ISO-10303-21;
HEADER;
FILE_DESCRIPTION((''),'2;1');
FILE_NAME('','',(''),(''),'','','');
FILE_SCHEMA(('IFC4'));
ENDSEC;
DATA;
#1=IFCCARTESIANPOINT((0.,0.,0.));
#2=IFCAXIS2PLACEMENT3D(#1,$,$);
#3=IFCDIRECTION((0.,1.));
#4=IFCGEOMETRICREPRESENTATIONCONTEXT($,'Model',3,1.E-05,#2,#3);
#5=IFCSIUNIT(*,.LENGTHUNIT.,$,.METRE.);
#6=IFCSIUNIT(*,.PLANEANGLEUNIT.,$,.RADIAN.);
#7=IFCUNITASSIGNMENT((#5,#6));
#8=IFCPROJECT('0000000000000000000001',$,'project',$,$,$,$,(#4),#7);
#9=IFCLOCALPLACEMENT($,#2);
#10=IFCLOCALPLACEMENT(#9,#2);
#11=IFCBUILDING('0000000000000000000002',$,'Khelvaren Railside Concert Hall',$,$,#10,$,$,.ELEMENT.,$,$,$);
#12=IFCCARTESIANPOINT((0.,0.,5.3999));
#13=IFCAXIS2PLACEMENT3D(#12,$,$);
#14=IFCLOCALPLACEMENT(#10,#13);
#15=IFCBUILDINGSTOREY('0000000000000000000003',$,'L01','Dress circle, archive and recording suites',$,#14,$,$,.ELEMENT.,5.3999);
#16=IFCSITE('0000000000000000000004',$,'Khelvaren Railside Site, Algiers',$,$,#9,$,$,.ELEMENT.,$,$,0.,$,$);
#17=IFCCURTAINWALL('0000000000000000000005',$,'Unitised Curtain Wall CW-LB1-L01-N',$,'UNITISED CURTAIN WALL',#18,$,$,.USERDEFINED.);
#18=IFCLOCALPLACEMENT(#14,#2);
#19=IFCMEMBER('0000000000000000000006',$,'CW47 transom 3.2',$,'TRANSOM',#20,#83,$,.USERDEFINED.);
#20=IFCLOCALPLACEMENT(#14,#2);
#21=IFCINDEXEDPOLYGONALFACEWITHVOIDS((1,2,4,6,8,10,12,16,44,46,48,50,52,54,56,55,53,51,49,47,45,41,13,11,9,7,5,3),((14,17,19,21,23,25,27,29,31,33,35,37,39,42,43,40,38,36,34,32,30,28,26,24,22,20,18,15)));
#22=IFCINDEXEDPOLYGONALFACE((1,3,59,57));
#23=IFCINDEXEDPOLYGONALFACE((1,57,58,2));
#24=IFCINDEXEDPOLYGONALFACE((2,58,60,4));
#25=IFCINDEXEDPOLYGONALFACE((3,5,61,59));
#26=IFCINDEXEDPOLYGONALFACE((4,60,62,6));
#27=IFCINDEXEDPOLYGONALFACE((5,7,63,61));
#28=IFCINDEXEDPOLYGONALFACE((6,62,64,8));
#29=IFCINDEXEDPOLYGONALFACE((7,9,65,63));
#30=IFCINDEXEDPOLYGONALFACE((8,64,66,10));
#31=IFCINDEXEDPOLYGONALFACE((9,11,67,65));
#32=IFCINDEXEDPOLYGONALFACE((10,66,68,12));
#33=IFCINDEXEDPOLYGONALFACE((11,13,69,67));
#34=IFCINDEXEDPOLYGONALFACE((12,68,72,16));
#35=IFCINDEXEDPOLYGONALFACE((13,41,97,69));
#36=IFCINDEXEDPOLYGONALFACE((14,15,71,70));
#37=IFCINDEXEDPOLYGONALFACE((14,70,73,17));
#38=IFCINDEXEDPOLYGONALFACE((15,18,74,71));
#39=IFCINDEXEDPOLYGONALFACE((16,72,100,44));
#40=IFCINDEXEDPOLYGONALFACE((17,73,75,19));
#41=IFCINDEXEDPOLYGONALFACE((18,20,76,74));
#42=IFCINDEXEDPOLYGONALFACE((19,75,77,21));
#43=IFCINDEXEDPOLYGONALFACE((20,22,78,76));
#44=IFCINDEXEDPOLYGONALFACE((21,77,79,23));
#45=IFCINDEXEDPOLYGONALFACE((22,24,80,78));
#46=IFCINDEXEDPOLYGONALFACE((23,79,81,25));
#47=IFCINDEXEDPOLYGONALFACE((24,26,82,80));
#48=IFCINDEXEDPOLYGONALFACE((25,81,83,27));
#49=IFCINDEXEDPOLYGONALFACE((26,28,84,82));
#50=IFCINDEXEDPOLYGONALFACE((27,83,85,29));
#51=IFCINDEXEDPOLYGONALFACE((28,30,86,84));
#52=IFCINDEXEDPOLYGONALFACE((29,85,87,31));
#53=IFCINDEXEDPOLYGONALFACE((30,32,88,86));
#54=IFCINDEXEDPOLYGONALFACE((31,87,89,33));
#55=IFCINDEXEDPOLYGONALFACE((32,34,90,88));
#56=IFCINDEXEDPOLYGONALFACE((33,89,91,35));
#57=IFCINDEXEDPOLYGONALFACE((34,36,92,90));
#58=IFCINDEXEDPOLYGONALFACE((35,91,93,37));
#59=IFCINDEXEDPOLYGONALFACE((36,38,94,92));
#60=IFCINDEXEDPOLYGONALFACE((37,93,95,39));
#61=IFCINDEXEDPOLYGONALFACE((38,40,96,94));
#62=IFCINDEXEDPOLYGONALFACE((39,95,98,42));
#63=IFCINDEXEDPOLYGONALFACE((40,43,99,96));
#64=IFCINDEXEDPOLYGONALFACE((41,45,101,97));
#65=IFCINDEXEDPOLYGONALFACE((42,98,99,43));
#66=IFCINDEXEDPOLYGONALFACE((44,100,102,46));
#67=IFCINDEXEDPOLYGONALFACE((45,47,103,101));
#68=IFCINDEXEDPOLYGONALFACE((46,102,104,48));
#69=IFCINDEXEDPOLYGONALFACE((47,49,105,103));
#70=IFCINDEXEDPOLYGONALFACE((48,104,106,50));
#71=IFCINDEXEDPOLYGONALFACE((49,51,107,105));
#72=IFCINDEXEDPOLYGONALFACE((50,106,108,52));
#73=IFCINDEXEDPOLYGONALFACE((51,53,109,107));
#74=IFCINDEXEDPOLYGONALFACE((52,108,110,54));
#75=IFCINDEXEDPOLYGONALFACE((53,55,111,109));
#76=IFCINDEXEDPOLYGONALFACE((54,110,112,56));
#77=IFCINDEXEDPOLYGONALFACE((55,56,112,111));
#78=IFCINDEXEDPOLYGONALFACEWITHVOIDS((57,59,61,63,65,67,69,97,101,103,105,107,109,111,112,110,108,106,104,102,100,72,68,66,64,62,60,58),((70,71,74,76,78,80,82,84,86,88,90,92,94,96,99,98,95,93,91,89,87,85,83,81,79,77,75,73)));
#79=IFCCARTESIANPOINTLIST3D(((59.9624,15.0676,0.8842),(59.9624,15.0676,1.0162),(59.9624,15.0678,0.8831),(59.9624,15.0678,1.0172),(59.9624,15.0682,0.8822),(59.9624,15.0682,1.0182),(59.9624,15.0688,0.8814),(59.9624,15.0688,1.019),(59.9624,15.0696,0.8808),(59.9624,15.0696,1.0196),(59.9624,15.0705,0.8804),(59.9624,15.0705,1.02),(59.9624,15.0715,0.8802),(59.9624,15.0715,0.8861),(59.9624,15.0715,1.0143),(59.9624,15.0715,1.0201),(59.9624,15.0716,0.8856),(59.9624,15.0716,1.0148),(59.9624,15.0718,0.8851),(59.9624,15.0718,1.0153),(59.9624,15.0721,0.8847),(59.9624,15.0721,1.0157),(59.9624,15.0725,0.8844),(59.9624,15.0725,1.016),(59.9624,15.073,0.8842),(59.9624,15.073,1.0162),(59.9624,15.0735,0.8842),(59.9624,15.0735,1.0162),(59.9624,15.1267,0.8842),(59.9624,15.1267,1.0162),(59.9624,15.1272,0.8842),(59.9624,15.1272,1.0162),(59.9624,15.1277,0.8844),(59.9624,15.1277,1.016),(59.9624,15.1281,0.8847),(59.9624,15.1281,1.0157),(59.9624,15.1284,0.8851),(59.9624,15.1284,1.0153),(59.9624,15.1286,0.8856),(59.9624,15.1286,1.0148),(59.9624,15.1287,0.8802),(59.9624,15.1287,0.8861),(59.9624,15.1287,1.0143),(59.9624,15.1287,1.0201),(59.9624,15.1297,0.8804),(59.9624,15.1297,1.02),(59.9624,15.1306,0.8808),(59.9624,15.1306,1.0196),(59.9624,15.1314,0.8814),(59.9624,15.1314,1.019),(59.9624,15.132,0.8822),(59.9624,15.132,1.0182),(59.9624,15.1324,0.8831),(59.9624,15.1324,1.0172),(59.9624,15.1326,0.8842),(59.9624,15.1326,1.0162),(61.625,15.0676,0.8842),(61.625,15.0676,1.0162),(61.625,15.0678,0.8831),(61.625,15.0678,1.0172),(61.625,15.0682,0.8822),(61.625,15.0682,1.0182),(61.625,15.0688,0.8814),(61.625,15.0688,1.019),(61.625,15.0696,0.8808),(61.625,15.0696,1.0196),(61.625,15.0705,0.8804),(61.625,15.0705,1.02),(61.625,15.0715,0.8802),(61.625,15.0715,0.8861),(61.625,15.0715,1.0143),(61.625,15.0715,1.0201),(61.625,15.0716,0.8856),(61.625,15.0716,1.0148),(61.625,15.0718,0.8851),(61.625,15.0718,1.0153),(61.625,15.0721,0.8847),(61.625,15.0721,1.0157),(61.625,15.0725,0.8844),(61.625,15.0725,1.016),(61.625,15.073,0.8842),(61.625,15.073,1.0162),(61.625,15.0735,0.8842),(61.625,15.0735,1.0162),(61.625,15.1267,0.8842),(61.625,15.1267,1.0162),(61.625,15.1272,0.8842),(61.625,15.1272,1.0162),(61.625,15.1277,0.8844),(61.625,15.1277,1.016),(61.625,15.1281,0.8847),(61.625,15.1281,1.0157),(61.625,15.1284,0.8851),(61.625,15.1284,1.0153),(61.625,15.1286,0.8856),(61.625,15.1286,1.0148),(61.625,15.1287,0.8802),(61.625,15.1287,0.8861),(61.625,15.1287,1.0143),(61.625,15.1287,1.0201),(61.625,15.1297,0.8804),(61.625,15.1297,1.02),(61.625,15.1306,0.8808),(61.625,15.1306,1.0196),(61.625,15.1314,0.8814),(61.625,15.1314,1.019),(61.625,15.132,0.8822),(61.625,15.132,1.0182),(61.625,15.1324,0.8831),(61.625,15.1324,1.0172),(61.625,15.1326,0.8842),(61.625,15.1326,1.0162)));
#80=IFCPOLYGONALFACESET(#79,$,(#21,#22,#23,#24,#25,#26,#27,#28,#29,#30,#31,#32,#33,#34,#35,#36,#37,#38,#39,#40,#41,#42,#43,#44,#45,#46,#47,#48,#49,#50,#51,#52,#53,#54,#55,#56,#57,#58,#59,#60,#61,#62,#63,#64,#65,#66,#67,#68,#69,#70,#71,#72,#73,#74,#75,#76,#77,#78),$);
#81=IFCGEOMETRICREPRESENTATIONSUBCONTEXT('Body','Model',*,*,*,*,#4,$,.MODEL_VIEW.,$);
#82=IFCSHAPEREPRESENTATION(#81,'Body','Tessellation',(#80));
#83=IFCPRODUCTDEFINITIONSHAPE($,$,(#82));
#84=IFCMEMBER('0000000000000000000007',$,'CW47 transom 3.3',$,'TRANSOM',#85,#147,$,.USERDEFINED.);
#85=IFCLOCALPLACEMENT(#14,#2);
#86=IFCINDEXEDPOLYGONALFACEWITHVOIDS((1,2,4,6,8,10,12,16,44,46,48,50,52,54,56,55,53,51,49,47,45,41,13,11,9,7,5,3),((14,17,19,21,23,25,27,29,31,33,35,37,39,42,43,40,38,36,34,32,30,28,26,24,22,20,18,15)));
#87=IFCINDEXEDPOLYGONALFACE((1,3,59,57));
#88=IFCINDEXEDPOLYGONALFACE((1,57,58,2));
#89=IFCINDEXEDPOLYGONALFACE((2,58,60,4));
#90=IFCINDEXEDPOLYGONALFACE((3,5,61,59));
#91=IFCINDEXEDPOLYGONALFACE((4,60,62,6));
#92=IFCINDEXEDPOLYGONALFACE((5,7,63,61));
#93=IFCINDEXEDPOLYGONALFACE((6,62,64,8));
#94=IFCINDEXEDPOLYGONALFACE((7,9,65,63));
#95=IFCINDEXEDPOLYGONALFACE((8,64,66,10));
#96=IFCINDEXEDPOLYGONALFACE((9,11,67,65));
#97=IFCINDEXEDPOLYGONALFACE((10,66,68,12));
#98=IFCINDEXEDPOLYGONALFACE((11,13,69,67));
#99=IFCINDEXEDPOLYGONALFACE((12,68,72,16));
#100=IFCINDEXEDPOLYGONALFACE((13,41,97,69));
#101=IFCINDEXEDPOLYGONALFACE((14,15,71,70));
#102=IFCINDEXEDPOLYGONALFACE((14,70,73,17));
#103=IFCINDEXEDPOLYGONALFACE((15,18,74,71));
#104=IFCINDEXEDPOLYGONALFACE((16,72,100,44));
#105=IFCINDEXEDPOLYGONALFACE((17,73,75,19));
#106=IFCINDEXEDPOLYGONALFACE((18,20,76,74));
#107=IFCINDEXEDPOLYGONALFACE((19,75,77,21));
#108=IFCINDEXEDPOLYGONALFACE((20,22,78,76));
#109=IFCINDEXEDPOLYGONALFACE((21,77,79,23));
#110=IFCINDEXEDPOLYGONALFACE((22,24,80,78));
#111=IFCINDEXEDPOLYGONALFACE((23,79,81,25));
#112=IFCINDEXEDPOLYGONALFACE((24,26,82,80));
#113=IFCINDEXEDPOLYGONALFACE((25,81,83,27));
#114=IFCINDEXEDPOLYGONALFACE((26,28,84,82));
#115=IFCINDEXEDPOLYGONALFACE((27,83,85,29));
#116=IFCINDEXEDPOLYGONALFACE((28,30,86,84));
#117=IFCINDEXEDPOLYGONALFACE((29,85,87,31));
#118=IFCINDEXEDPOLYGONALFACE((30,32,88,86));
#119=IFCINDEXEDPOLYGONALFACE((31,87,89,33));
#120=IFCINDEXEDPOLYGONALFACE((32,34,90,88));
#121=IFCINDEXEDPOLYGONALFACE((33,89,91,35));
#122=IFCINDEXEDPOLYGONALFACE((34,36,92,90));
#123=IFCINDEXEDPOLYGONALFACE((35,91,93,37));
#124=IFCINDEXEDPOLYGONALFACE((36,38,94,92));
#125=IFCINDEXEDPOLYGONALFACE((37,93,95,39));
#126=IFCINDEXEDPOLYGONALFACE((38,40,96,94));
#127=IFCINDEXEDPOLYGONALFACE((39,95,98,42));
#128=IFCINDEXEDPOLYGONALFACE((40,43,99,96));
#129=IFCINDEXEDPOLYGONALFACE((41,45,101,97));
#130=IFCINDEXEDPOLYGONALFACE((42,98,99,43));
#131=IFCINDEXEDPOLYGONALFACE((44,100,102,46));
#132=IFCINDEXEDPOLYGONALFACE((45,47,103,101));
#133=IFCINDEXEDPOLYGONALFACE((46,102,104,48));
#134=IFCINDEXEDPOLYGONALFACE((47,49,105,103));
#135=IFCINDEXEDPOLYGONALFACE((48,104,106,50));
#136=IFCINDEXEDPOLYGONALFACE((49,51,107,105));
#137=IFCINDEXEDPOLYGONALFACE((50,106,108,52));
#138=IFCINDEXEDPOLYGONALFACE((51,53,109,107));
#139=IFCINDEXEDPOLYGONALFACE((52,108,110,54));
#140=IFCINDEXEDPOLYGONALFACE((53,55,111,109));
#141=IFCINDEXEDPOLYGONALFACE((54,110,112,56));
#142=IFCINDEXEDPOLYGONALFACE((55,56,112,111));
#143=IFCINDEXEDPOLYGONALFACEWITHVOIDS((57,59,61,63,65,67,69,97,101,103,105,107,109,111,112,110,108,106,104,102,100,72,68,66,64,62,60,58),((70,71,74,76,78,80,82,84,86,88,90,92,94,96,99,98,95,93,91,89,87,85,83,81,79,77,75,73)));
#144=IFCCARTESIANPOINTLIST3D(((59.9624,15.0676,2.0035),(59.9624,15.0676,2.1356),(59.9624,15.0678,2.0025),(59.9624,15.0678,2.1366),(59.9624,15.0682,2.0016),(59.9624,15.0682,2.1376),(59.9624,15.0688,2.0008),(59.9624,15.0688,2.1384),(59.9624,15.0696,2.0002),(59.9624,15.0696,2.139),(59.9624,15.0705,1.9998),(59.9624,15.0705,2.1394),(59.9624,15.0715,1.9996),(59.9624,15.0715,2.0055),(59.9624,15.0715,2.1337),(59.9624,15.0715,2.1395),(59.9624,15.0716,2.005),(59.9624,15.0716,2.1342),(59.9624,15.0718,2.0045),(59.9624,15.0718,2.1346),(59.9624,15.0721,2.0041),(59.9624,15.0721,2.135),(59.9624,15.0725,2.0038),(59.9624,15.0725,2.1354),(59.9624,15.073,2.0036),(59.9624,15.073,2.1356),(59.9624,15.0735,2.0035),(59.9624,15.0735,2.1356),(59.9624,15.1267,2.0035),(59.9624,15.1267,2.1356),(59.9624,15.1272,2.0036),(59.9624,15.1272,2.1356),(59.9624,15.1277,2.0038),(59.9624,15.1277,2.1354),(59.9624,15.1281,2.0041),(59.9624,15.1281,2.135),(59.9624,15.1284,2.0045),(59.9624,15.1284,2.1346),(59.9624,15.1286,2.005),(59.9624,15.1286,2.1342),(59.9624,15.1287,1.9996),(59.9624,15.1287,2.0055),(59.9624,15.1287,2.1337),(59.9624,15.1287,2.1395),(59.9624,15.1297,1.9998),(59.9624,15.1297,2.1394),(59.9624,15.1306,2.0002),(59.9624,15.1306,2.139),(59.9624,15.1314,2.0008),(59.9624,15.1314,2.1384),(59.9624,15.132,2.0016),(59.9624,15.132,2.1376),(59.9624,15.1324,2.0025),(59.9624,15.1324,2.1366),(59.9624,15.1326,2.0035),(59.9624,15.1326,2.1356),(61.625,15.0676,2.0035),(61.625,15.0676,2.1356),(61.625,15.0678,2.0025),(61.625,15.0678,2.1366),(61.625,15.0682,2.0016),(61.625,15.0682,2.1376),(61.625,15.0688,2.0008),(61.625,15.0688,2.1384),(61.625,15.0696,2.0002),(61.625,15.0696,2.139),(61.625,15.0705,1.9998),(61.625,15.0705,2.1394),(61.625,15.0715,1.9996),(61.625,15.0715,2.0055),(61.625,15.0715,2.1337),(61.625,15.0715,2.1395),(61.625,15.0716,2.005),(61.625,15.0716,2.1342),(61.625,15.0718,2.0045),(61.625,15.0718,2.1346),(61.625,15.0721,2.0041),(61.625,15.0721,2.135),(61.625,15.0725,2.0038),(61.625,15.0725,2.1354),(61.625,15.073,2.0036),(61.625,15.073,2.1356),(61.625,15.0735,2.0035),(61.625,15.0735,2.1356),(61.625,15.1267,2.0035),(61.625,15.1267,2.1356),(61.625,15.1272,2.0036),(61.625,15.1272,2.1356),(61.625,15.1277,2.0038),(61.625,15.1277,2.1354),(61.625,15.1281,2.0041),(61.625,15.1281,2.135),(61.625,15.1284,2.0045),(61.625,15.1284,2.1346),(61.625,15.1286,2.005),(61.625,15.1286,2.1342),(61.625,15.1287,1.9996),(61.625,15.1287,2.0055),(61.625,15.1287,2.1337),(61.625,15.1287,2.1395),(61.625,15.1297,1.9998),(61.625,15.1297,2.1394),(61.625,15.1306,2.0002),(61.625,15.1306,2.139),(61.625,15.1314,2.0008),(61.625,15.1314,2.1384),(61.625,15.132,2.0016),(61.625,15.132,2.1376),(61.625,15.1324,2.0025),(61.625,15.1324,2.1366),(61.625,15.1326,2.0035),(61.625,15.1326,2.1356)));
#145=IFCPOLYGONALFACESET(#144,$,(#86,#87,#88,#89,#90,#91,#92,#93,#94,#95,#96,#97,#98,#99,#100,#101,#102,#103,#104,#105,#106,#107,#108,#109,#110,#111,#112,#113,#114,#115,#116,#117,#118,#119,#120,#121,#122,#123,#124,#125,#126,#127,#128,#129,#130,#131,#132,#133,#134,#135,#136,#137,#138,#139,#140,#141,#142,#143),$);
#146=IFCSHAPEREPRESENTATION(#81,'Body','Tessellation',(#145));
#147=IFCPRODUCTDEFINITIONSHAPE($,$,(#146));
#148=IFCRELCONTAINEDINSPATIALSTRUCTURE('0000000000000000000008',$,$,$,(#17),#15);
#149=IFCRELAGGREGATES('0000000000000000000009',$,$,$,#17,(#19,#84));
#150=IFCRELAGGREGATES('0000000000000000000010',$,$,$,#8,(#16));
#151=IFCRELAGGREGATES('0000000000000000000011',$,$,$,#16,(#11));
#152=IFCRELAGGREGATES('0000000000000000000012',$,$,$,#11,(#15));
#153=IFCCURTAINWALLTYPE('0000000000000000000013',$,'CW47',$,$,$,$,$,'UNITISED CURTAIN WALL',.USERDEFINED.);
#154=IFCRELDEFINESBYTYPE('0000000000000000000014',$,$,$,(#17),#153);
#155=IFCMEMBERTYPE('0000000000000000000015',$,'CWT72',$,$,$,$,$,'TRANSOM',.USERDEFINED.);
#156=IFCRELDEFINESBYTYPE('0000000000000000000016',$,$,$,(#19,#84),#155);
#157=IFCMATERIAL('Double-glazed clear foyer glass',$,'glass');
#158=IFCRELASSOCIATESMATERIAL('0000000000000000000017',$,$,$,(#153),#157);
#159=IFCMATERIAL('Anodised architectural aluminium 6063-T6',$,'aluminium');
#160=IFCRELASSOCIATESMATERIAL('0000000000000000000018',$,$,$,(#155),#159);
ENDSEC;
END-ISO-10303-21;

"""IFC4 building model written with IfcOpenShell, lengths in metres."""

from ifc_helpers import new_model, si_unit, direction, frame, origin, origin_2d, place, context, subcontext, project, spatial, hollow_rectangle, extrude, material, material_profile, profile_set, type_object, element, aggregate, save


model = new_model("IFC4")

# Units and contexts
model_context = context("Model", 3, precision=1e-05, world=origin(), true_north=direction((0.0, 1.0)))
body_context = subcontext(model_context, "Body", "Model", "MODEL_VIEW")
ifc_project = project(units=[si_unit("LENGTHUNIT", "METRE"), si_unit("PLANEANGLEUNIT", "RADIAN")], contexts=[model_context])

# Site, building, storey
site_placement = place(None, origin())
site = spatial("IfcSite", under=ifc_project, at=site_placement, Name="Khelvaren Railside Site, Algiers", CompositionType="ELEMENT", RefElevation=0.0)
building_placement = place(site_placement, origin())
building = spatial("IfcBuilding", under=site, at=building_placement, Name="Khelvaren Railside Concert Hall", CompositionType="ELEMENT")
storey_placement = place(building_placement, frame((0.0, 0.0, 5.3999)))
storey = spatial("IfcBuildingStorey", under=building, at=storey_placement, Name="L01", Description="Dress circle, archive and recording suites", CompositionType="ELEMENT", Elevation=5.3999)

# Curtain wall, members
ifc_material_1 = material(Name="Double-glazed clear foyer glass", Category="glass")
curtain_wall_type = type_object("IfcCurtainWallType", Name="CW47", ElementType="UNITISED CURTAIN WALL", PredefinedType="USERDEFINED", material=ifc_material_1)
curtain_wall_placement = place(storey_placement, origin())
curtain_wall = element("IfcCurtainWall", 1, at=curtain_wall_placement, inside=storey, type_object=curtain_wall_type, Name="Unitised Curtain Wall CW-LB1-L01-N", ObjectType="UNITISED CURTAIN WALL", PredefinedType="USERDEFINED")
ifc_material_2 = material(Name="Anodised architectural aluminium 6063-T6", Category="aluminium")
ifc_material_profile_1 = material_profile(ifc_material_2, hollow_rectangle(XDim=0.0649, YDim=0.1399, WallThickness=0.0039, InnerFilletRadius=0.002, OuterFilletRadius=0.0039, at=origin_2d()), Name="CWT 65x140x4")
ifc_profile_set_1 = profile_set([ifc_material_profile_1], Name="Anodised architectural aluminium 6063-T6")
member_type_1 = type_object("IfcMemberType", Name="CWT72", ElementType="TRANSOM", PredefinedType="USERDEFINED", material=ifc_profile_set_1)
member_1_placement = place(storey_placement, frame((59.9624, 15.1001, 0.9502), z_axis=(1.0, 0.0, 0.0), x_axis=(0.0, 1.0, 0.0)))
member_1 = element("IfcMember", 2, at=member_1_placement, type_object=member_type_1, Name="CW47 transom 3.2", ObjectType="TRANSOM", PredefinedType="USERDEFINED", context=body_context, shape_type="SweptSolid", body=[
    extrude(hollow_rectangle(XDim=0.0649, YDim=0.1399, WallThickness=0.0039, InnerFilletRadius=0.002, OuterFilletRadius=0.0039, at=origin_2d()), origin(), (0.0, 0.0, 1.0), 1.6626),
])
member_2_placement = place(storey_placement, frame((59.9624, 15.1001, 2.0696), z_axis=(1.0, 0.0, 0.0), x_axis=(0.0, 1.0, 0.0)))
member_2 = element("IfcMember", 3, at=member_2_placement, type_object=member_type_1, Name="CW47 transom 3.3", ObjectType="TRANSOM", PredefinedType="USERDEFINED", context=body_context, shape_type="SweptSolid", body=[
    extrude(hollow_rectangle(XDim=0.0649, YDim=0.1399, WallThickness=0.0039, InnerFilletRadius=0.002, OuterFilletRadius=0.0039, at=origin_2d()), origin(), (0.0, 0.0, 1.0), 1.6626),
])

aggregate(curtain_wall, [member_1, member_2])

save(model, "model.ifc")
